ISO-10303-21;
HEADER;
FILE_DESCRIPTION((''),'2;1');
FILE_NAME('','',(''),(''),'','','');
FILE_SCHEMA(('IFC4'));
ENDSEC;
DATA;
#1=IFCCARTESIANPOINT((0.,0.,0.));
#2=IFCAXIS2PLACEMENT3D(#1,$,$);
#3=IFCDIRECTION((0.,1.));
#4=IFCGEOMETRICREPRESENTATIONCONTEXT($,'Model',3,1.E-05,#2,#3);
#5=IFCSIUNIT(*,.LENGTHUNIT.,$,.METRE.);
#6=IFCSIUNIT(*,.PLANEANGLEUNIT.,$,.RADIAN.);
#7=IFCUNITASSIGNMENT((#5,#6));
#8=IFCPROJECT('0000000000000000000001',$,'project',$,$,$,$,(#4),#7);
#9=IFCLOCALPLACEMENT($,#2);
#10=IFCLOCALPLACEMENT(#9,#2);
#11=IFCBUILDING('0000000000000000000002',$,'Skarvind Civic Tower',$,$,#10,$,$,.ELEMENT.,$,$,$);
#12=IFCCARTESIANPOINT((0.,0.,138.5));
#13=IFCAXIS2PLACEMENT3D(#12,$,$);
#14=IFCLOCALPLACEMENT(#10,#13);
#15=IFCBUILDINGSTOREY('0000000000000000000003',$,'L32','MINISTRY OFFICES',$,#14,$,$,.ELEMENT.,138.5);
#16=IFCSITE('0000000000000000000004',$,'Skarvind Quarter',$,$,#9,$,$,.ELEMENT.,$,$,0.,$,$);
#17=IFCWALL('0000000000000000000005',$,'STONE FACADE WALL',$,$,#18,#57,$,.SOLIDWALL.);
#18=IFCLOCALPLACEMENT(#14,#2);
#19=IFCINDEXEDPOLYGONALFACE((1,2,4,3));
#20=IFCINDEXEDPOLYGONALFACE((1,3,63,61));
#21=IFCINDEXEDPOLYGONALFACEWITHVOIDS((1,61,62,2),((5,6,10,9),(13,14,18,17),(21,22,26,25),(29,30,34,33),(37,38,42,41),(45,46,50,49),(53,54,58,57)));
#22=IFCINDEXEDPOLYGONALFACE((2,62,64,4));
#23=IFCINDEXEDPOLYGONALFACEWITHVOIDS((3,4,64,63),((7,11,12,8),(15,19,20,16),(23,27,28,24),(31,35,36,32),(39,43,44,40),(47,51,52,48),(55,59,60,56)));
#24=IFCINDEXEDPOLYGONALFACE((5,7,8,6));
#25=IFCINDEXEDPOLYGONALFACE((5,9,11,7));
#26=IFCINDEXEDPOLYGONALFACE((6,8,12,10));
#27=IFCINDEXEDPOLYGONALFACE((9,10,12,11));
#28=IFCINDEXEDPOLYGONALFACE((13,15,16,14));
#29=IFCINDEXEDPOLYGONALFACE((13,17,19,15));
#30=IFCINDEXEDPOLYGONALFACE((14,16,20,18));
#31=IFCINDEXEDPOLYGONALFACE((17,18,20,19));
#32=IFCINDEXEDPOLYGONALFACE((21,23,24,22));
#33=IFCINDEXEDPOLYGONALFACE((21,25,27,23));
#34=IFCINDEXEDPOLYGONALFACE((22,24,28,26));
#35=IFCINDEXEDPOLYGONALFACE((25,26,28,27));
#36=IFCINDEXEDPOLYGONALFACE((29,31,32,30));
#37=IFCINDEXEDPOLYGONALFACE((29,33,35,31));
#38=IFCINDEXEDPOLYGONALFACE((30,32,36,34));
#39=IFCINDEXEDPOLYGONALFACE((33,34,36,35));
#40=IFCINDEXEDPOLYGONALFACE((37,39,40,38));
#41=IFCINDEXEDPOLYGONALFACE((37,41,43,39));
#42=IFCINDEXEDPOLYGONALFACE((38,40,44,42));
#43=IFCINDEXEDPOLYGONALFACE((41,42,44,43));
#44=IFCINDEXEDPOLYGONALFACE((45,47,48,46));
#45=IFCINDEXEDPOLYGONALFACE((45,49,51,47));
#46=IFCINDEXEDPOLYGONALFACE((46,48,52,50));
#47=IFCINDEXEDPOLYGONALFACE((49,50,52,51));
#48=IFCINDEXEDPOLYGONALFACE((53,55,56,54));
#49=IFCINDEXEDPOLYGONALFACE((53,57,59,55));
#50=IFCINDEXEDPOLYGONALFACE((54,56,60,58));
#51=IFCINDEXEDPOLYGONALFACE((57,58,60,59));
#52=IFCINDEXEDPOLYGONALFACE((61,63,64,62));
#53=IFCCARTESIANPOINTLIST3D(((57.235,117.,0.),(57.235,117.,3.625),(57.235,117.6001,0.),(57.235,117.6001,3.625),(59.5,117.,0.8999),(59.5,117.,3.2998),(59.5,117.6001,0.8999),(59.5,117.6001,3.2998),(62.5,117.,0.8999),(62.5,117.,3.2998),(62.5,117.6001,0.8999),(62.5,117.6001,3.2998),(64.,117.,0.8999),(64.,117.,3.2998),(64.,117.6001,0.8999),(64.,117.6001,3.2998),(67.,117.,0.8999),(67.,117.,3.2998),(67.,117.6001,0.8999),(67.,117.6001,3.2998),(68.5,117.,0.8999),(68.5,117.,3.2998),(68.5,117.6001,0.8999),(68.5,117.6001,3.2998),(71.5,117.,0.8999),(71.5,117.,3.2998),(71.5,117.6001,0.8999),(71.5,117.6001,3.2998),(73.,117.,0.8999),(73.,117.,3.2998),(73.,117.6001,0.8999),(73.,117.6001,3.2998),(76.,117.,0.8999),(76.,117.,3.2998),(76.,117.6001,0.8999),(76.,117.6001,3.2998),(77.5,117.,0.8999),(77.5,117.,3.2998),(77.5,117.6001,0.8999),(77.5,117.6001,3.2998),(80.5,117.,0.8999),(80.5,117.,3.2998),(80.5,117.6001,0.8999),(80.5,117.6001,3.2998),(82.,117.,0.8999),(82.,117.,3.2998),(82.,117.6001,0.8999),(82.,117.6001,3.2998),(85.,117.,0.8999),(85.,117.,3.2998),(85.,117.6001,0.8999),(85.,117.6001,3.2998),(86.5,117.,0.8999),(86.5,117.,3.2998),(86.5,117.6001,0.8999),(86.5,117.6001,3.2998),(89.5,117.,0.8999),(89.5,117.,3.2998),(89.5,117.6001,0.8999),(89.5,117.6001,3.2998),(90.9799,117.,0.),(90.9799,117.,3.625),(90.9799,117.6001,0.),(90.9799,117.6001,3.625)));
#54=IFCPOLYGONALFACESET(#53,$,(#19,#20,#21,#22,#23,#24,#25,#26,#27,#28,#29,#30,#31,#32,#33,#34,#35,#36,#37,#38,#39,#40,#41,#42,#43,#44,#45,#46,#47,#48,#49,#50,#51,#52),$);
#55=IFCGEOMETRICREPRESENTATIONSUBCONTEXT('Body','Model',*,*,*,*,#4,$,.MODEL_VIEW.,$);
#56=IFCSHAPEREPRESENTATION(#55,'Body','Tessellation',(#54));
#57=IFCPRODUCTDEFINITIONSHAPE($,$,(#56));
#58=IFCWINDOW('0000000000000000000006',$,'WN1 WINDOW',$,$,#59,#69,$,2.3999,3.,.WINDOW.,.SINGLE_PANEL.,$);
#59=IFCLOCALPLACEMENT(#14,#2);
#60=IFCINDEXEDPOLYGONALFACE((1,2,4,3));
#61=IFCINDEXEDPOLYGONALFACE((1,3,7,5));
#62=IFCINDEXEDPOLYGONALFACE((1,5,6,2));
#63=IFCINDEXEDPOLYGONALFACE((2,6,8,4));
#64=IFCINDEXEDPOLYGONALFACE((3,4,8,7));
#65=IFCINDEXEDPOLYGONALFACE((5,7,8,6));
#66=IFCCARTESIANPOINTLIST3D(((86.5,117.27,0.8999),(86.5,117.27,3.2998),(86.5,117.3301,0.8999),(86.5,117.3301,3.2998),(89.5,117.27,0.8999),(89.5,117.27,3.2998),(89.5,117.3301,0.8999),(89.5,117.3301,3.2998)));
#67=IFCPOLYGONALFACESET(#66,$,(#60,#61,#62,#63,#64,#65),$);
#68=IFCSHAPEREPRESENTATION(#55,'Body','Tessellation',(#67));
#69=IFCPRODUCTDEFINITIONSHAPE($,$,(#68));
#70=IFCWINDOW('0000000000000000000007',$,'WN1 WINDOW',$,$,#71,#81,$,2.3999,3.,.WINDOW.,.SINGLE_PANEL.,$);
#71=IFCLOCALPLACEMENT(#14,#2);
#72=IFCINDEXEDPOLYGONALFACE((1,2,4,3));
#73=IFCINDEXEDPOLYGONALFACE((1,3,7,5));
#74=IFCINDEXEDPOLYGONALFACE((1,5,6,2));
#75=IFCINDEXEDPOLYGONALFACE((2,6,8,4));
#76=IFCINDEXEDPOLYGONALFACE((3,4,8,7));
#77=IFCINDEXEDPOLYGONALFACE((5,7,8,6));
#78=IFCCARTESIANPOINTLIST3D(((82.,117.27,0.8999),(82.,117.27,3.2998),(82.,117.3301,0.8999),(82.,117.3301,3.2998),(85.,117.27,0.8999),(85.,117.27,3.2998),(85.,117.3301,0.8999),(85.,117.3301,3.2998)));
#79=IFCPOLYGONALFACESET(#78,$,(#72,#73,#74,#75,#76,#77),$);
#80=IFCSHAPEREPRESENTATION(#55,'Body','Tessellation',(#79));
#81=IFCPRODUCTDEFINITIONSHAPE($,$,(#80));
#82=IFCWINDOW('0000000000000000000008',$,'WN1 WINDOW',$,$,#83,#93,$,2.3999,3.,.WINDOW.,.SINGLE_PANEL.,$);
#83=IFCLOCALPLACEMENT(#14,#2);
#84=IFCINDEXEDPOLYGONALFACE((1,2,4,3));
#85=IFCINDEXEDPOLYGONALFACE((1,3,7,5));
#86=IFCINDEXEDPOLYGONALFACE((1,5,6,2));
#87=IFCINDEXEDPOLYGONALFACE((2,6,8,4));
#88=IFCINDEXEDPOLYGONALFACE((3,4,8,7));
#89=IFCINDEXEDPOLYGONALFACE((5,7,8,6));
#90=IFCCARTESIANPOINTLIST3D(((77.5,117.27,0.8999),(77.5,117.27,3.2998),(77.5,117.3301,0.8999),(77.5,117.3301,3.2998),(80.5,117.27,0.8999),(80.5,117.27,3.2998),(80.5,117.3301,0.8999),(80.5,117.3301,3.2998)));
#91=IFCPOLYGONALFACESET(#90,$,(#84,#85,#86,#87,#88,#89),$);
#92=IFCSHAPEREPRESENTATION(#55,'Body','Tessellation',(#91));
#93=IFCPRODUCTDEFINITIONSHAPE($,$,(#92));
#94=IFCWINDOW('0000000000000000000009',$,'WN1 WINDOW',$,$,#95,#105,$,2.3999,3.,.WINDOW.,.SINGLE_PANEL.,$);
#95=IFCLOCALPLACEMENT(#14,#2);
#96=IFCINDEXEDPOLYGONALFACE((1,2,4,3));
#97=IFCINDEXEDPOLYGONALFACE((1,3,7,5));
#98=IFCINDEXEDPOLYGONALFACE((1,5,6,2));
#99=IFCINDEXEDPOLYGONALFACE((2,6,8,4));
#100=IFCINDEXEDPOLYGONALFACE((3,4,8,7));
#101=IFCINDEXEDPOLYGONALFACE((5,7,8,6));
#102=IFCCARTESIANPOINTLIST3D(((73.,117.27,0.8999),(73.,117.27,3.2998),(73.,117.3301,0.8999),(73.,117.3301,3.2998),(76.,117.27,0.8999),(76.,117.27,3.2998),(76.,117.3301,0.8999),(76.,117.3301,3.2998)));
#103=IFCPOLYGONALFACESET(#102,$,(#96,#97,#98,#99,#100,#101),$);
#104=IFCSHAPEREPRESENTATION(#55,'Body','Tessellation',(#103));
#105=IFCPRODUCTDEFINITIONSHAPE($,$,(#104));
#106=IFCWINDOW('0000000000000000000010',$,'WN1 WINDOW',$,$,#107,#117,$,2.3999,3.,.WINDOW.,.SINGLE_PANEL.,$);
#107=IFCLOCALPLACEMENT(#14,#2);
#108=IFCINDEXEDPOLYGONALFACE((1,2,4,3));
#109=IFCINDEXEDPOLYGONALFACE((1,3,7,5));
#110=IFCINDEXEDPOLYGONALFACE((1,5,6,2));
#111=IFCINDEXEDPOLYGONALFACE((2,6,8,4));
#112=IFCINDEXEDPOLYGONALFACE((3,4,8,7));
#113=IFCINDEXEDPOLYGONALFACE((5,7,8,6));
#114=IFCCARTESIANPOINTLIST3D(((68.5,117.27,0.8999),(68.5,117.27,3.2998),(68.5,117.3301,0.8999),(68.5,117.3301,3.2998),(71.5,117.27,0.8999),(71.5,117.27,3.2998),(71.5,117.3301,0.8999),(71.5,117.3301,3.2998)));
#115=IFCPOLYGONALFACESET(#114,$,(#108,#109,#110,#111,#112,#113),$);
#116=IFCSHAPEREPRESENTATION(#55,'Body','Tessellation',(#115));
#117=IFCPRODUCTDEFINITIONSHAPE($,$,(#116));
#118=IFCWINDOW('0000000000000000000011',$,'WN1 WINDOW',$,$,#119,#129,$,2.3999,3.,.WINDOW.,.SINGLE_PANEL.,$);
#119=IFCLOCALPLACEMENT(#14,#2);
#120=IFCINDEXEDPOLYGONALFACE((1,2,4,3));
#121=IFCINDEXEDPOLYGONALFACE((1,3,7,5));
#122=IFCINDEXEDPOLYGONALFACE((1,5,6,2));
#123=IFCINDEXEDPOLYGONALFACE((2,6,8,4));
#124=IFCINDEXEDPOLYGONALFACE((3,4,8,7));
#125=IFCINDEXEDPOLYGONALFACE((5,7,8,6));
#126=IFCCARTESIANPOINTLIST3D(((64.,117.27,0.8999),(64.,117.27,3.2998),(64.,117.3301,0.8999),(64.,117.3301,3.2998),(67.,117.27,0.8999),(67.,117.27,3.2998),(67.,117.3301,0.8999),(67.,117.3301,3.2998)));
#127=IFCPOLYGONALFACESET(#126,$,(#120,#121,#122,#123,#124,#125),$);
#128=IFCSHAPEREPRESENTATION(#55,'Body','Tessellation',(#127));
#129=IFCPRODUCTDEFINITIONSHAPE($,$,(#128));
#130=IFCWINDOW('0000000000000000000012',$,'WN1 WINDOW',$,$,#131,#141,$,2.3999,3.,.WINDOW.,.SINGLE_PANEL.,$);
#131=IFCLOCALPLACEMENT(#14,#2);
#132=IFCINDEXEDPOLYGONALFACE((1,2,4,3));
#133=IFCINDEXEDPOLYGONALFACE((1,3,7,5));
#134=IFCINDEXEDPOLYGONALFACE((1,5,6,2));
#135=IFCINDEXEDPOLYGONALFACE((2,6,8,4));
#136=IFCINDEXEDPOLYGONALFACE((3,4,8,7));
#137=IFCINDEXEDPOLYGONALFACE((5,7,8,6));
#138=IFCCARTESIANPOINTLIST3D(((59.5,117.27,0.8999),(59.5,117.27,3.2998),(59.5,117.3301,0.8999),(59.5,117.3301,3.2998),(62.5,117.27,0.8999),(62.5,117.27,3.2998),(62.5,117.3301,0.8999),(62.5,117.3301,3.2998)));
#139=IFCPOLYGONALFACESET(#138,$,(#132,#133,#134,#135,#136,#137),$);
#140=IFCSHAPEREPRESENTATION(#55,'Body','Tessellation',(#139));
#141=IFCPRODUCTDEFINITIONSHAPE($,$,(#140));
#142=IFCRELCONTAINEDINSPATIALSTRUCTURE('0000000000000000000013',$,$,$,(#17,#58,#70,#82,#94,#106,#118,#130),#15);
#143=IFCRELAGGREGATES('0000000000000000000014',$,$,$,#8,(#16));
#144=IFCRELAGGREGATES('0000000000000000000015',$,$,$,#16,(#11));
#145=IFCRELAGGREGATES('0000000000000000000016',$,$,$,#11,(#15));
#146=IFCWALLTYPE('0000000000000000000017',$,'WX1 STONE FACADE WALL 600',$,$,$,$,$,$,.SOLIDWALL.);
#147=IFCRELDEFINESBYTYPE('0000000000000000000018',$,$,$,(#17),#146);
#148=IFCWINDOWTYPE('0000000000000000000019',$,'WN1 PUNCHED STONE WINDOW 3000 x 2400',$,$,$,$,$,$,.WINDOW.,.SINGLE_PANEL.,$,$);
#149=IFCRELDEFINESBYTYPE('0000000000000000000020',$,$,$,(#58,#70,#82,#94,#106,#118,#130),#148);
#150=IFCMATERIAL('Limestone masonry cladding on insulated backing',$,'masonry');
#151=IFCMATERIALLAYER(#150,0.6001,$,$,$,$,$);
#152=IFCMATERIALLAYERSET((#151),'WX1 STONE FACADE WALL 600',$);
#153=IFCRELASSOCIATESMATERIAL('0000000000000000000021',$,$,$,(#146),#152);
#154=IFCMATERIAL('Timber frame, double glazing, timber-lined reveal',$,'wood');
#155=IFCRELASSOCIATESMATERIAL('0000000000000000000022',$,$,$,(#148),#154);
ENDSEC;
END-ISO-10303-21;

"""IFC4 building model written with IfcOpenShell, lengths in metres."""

from ifc_helpers import new_model, si_unit, direction, frame, frame_2d, origin, place, context, subcontext, project, spatial, rectangle, extrude, material, layer, layer_set, type_object, element, fill, save


model = new_model("IFC4")

# Units and contexts
model_context = context("Model", 3, precision=1e-05, world=origin(), true_north=direction((0.0, 1.0)))
body_context = subcontext(model_context, "Body", "Model", "MODEL_VIEW")
ifc_project = project(units=[si_unit("LENGTHUNIT", "METRE"), si_unit("PLANEANGLEUNIT", "RADIAN")], contexts=[model_context])

# Site, building, storey
site_placement = place(None, origin())
site = spatial("IfcSite", under=ifc_project, at=site_placement, Name="Skarvind Quarter", CompositionType="ELEMENT", RefElevation=0.0)
building_placement = place(site_placement, origin())
building = spatial("IfcBuilding", under=site, at=building_placement, Name="Skarvind Civic Tower", CompositionType="ELEMENT")
storey_placement = place(building_placement, frame((0.0, 0.0, 138.5)))
storey = spatial("IfcBuildingStorey", under=building, at=storey_placement, Name="L32", Description="MINISTRY OFFICES", CompositionType="ELEMENT", Elevation=138.5)

# Wall, openings, windows
ifc_material_1 = material(Name="Limestone masonry cladding on insulated backing", Category="masonry")
ifc_layer_1 = layer(ifc_material_1, 0.6001)
ifc_layer_set_1 = layer_set([ifc_layer_1], Name="WX1 STONE FACADE WALL 600")
wall_type_1 = type_object("IfcWallType", Name="WX1 STONE FACADE WALL 600", PredefinedType="SOLIDWALL", material=ifc_layer_set_1)
wall_1_placement = place(storey_placement, frame((90.98, 117.3, 0.0), z_axis=(0.0, 0.0, 1.0), x_axis=(-1.0, 0.0, 0.0)))
wall_1 = element("IfcWall", 1, at=wall_1_placement, inside=storey, type_object=wall_type_1, Name="STONE FACADE WALL", PredefinedType="SOLIDWALL", context=body_context, shape_type="SweptSolid", body=[
    extrude(rectangle(XDim=33.7449, YDim=0.6001, at=frame_2d((16.8726, 0.0))), origin(), (0.0, 0.0, 1.0), 3.625),
])
opening_1_placement = place(wall_1_placement, frame((1.48, 0.0, 0.8999)))
opening_1 = element("IfcOpeningElement", 2, at=opening_1_placement, cuts=wall_1, PredefinedType="OPENING", context=body_context, shape_type="SweptSolid", body=[
    extrude(rectangle(XDim=3.0, YDim=2.3999, at=frame_2d((1.5, 1.2))), frame((0.0, 0.3101, 0.0), z_axis=(0.0, -1.0, 0.0), x_axis=(1.0, 0.0, 0.0)), (0.0, 0.0, 1.0), 0.6201),
])
opening_2_placement = place(wall_1_placement, frame((5.98, 0.0, 0.8999)))
opening_2 = element("IfcOpeningElement", 3, at=opening_2_placement, cuts=wall_1, PredefinedType="OPENING", context=body_context, shape_type="SweptSolid", body=[
    extrude(rectangle(XDim=3.0, YDim=2.3999, at=frame_2d((1.5, 1.2))), frame((0.0, 0.3101, 0.0), z_axis=(0.0, -1.0, 0.0), x_axis=(1.0, 0.0, 0.0)), (0.0, 0.0, 1.0), 0.6201),
])
opening_3_placement = place(wall_1_placement, frame((10.48, 0.0, 0.8999)))
opening_3 = element("IfcOpeningElement", 4, at=opening_3_placement, cuts=wall_1, PredefinedType="OPENING", context=body_context, shape_type="SweptSolid", body=[
    extrude(rectangle(XDim=3.0, YDim=2.3999, at=frame_2d((1.5, 1.2))), frame((0.0, 0.3101, 0.0), z_axis=(0.0, -1.0, 0.0), x_axis=(1.0, 0.0, 0.0)), (0.0, 0.0, 1.0), 0.6201),
])
opening_4_placement = place(wall_1_placement, frame((14.98, 0.0, 0.8999)))
opening_4 = element("IfcOpeningElement", 5, at=opening_4_placement, cuts=wall_1, PredefinedType="OPENING", context=body_context, shape_type="SweptSolid", body=[
    extrude(rectangle(XDim=3.0, YDim=2.3999, at=frame_2d((1.5, 1.2))), frame((0.0, 0.3101, 0.0), z_axis=(0.0, -1.0, 0.0), x_axis=(1.0, 0.0, 0.0)), (0.0, 0.0, 1.0), 0.6201),
])
opening_5_placement = place(wall_1_placement, frame((19.48, 0.0, 0.8999)))
opening_5 = element("IfcOpeningElement", 6, at=opening_5_placement, cuts=wall_1, PredefinedType="OPENING", context=body_context, shape_type="SweptSolid", body=[
    extrude(rectangle(XDim=3.0, YDim=2.3999, at=frame_2d((1.5, 1.2))), frame((0.0, 0.3101, 0.0), z_axis=(0.0, -1.0, 0.0), x_axis=(1.0, 0.0, 0.0)), (0.0, 0.0, 1.0), 0.6201),
])
opening_6_placement = place(wall_1_placement, frame((23.98, 0.0, 0.8999)))
opening_6 = element("IfcOpeningElement", 7, at=opening_6_placement, cuts=wall_1, PredefinedType="OPENING", context=body_context, shape_type="SweptSolid", body=[
    extrude(rectangle(XDim=3.0, YDim=2.3999, at=frame_2d((1.5, 1.2))), frame((0.0, 0.3101, 0.0), z_axis=(0.0, -1.0, 0.0), x_axis=(1.0, 0.0, 0.0)), (0.0, 0.0, 1.0), 0.6201),
])
opening_7_placement = place(wall_1_placement, frame((28.48, 0.0, 0.8999)))
opening_7 = element("IfcOpeningElement", 8, at=opening_7_placement, cuts=wall_1, PredefinedType="OPENING", context=body_context, shape_type="SweptSolid", body=[
    extrude(rectangle(XDim=3.0, YDim=2.3999, at=frame_2d((1.5, 1.2))), frame((0.0, 0.3101, 0.0), z_axis=(0.0, -1.0, 0.0), x_axis=(1.0, 0.0, 0.0)), (0.0, 0.0, 1.0), 0.6201),
])
ifc_material_2 = material(Name="Timber frame, double glazing, timber-lined reveal", Category="wood")
window_type = type_object("IfcWindowType", Name="WN1 PUNCHED STONE WINDOW 3000 x 2400", PartitioningType="SINGLE_PANEL", PredefinedType="WINDOW", material=ifc_material_2)
window_1_placement = place(opening_1_placement, origin())
window_1 = element("IfcWindow", 9, at=window_1_placement, inside=storey, type_object=window_type, Name="WN1 WINDOW", OverallHeight=2.3999, OverallWidth=3.0, PartitioningType="SINGLE_PANEL", PredefinedType="WINDOW", context=body_context, shape_type="SweptSolid", body=[
    extrude(rectangle(XDim=3.0, YDim=2.3999, at=frame_2d((1.5, 1.2))), frame((0.0, 0.03, 0.0), z_axis=(0.0, -1.0, 0.0), x_axis=(1.0, 0.0, 0.0)), (0.0, 0.0, 1.0), 0.0601),
])
fill(opening_1, window_1)
window_2_placement = place(opening_2_placement, origin())
window_2 = element("IfcWindow", 10, at=window_2_placement, inside=storey, type_object=window_type, Name="WN1 WINDOW", OverallHeight=2.3999, OverallWidth=3.0, PartitioningType="SINGLE_PANEL", PredefinedType="WINDOW", context=body_context, shape_type="SweptSolid", body=[
    extrude(rectangle(XDim=3.0, YDim=2.3999, at=frame_2d((1.5, 1.2))), frame((0.0, 0.03, 0.0), z_axis=(0.0, -1.0, 0.0), x_axis=(1.0, 0.0, 0.0)), (0.0, 0.0, 1.0), 0.0601),
])
fill(opening_2, window_2)
window_3_placement = place(opening_3_placement, origin())
window_3 = element("IfcWindow", 11, at=window_3_placement, inside=storey, type_object=window_type, Name="WN1 WINDOW", OverallHeight=2.3999, OverallWidth=3.0, PartitioningType="SINGLE_PANEL", PredefinedType="WINDOW", context=body_context, shape_type="SweptSolid", body=[
    extrude(rectangle(XDim=3.0, YDim=2.3999, at=frame_2d((1.5, 1.2))), frame((0.0, 0.03, 0.0), z_axis=(0.0, -1.0, 0.0), x_axis=(1.0, 0.0, 0.0)), (0.0, 0.0, 1.0), 0.0601),
])
fill(opening_3, window_3)
window_4_placement = place(opening_4_placement, origin())
window_4 = element("IfcWindow", 12, at=window_4_placement, inside=storey, type_object=window_type, Name="WN1 WINDOW", OverallHeight=2.3999, OverallWidth=3.0, PartitioningType="SINGLE_PANEL", PredefinedType="WINDOW", context=body_context, shape_type="SweptSolid", body=[
    extrude(rectangle(XDim=3.0, YDim=2.3999, at=frame_2d((1.5, 1.2))), frame((0.0, 0.03, 0.0), z_axis=(0.0, -1.0, 0.0), x_axis=(1.0, 0.0, 0.0)), (0.0, 0.0, 1.0), 0.0601),
])
fill(opening_4, window_4)
window_5_placement = place(opening_5_placement, origin())
window_5 = element("IfcWindow", 13, at=window_5_placement, inside=storey, type_object=window_type, Name="WN1 WINDOW", OverallHeight=2.3999, OverallWidth=3.0, PartitioningType="SINGLE_PANEL", PredefinedType="WINDOW", context=body_context, shape_type="SweptSolid", body=[
    extrude(rectangle(XDim=3.0, YDim=2.3999, at=frame_2d((1.5, 1.2))), frame((0.0, 0.03, 0.0), z_axis=(0.0, -1.0, 0.0), x_axis=(1.0, 0.0, 0.0)), (0.0, 0.0, 1.0), 0.0601),
])
fill(opening_5, window_5)
window_6_placement = place(opening_6_placement, origin())
window_6 = element("IfcWindow", 14, at=window_6_placement, inside=storey, type_object=window_type, Name="WN1 WINDOW", OverallHeight=2.3999, OverallWidth=3.0, PartitioningType="SINGLE_PANEL", PredefinedType="WINDOW", context=body_context, shape_type="SweptSolid", body=[
    extrude(rectangle(XDim=3.0, YDim=2.3999, at=frame_2d((1.5, 1.2))), frame((0.0, 0.03, 0.0), z_axis=(0.0, -1.0, 0.0), x_axis=(1.0, 0.0, 0.0)), (0.0, 0.0, 1.0), 0.0601),
])
fill(opening_6, window_6)
window_7_placement = place(opening_7_placement, origin())
window_7 = element("IfcWindow", 15, at=window_7_placement, inside=storey, type_object=window_type, Name="WN1 WINDOW", OverallHeight=2.3999, OverallWidth=3.0, PartitioningType="SINGLE_PANEL", PredefinedType="WINDOW", context=body_context, shape_type="SweptSolid", body=[
    extrude(rectangle(XDim=3.0, YDim=2.3999, at=frame_2d((1.5, 1.2))), frame((0.0, 0.03, 0.0), z_axis=(0.0, -1.0, 0.0), x_axis=(1.0, 0.0, 0.0)), (0.0, 0.0, 1.0), 0.0601),
])
fill(opening_7, window_7)

save(model, "model.ifc")
